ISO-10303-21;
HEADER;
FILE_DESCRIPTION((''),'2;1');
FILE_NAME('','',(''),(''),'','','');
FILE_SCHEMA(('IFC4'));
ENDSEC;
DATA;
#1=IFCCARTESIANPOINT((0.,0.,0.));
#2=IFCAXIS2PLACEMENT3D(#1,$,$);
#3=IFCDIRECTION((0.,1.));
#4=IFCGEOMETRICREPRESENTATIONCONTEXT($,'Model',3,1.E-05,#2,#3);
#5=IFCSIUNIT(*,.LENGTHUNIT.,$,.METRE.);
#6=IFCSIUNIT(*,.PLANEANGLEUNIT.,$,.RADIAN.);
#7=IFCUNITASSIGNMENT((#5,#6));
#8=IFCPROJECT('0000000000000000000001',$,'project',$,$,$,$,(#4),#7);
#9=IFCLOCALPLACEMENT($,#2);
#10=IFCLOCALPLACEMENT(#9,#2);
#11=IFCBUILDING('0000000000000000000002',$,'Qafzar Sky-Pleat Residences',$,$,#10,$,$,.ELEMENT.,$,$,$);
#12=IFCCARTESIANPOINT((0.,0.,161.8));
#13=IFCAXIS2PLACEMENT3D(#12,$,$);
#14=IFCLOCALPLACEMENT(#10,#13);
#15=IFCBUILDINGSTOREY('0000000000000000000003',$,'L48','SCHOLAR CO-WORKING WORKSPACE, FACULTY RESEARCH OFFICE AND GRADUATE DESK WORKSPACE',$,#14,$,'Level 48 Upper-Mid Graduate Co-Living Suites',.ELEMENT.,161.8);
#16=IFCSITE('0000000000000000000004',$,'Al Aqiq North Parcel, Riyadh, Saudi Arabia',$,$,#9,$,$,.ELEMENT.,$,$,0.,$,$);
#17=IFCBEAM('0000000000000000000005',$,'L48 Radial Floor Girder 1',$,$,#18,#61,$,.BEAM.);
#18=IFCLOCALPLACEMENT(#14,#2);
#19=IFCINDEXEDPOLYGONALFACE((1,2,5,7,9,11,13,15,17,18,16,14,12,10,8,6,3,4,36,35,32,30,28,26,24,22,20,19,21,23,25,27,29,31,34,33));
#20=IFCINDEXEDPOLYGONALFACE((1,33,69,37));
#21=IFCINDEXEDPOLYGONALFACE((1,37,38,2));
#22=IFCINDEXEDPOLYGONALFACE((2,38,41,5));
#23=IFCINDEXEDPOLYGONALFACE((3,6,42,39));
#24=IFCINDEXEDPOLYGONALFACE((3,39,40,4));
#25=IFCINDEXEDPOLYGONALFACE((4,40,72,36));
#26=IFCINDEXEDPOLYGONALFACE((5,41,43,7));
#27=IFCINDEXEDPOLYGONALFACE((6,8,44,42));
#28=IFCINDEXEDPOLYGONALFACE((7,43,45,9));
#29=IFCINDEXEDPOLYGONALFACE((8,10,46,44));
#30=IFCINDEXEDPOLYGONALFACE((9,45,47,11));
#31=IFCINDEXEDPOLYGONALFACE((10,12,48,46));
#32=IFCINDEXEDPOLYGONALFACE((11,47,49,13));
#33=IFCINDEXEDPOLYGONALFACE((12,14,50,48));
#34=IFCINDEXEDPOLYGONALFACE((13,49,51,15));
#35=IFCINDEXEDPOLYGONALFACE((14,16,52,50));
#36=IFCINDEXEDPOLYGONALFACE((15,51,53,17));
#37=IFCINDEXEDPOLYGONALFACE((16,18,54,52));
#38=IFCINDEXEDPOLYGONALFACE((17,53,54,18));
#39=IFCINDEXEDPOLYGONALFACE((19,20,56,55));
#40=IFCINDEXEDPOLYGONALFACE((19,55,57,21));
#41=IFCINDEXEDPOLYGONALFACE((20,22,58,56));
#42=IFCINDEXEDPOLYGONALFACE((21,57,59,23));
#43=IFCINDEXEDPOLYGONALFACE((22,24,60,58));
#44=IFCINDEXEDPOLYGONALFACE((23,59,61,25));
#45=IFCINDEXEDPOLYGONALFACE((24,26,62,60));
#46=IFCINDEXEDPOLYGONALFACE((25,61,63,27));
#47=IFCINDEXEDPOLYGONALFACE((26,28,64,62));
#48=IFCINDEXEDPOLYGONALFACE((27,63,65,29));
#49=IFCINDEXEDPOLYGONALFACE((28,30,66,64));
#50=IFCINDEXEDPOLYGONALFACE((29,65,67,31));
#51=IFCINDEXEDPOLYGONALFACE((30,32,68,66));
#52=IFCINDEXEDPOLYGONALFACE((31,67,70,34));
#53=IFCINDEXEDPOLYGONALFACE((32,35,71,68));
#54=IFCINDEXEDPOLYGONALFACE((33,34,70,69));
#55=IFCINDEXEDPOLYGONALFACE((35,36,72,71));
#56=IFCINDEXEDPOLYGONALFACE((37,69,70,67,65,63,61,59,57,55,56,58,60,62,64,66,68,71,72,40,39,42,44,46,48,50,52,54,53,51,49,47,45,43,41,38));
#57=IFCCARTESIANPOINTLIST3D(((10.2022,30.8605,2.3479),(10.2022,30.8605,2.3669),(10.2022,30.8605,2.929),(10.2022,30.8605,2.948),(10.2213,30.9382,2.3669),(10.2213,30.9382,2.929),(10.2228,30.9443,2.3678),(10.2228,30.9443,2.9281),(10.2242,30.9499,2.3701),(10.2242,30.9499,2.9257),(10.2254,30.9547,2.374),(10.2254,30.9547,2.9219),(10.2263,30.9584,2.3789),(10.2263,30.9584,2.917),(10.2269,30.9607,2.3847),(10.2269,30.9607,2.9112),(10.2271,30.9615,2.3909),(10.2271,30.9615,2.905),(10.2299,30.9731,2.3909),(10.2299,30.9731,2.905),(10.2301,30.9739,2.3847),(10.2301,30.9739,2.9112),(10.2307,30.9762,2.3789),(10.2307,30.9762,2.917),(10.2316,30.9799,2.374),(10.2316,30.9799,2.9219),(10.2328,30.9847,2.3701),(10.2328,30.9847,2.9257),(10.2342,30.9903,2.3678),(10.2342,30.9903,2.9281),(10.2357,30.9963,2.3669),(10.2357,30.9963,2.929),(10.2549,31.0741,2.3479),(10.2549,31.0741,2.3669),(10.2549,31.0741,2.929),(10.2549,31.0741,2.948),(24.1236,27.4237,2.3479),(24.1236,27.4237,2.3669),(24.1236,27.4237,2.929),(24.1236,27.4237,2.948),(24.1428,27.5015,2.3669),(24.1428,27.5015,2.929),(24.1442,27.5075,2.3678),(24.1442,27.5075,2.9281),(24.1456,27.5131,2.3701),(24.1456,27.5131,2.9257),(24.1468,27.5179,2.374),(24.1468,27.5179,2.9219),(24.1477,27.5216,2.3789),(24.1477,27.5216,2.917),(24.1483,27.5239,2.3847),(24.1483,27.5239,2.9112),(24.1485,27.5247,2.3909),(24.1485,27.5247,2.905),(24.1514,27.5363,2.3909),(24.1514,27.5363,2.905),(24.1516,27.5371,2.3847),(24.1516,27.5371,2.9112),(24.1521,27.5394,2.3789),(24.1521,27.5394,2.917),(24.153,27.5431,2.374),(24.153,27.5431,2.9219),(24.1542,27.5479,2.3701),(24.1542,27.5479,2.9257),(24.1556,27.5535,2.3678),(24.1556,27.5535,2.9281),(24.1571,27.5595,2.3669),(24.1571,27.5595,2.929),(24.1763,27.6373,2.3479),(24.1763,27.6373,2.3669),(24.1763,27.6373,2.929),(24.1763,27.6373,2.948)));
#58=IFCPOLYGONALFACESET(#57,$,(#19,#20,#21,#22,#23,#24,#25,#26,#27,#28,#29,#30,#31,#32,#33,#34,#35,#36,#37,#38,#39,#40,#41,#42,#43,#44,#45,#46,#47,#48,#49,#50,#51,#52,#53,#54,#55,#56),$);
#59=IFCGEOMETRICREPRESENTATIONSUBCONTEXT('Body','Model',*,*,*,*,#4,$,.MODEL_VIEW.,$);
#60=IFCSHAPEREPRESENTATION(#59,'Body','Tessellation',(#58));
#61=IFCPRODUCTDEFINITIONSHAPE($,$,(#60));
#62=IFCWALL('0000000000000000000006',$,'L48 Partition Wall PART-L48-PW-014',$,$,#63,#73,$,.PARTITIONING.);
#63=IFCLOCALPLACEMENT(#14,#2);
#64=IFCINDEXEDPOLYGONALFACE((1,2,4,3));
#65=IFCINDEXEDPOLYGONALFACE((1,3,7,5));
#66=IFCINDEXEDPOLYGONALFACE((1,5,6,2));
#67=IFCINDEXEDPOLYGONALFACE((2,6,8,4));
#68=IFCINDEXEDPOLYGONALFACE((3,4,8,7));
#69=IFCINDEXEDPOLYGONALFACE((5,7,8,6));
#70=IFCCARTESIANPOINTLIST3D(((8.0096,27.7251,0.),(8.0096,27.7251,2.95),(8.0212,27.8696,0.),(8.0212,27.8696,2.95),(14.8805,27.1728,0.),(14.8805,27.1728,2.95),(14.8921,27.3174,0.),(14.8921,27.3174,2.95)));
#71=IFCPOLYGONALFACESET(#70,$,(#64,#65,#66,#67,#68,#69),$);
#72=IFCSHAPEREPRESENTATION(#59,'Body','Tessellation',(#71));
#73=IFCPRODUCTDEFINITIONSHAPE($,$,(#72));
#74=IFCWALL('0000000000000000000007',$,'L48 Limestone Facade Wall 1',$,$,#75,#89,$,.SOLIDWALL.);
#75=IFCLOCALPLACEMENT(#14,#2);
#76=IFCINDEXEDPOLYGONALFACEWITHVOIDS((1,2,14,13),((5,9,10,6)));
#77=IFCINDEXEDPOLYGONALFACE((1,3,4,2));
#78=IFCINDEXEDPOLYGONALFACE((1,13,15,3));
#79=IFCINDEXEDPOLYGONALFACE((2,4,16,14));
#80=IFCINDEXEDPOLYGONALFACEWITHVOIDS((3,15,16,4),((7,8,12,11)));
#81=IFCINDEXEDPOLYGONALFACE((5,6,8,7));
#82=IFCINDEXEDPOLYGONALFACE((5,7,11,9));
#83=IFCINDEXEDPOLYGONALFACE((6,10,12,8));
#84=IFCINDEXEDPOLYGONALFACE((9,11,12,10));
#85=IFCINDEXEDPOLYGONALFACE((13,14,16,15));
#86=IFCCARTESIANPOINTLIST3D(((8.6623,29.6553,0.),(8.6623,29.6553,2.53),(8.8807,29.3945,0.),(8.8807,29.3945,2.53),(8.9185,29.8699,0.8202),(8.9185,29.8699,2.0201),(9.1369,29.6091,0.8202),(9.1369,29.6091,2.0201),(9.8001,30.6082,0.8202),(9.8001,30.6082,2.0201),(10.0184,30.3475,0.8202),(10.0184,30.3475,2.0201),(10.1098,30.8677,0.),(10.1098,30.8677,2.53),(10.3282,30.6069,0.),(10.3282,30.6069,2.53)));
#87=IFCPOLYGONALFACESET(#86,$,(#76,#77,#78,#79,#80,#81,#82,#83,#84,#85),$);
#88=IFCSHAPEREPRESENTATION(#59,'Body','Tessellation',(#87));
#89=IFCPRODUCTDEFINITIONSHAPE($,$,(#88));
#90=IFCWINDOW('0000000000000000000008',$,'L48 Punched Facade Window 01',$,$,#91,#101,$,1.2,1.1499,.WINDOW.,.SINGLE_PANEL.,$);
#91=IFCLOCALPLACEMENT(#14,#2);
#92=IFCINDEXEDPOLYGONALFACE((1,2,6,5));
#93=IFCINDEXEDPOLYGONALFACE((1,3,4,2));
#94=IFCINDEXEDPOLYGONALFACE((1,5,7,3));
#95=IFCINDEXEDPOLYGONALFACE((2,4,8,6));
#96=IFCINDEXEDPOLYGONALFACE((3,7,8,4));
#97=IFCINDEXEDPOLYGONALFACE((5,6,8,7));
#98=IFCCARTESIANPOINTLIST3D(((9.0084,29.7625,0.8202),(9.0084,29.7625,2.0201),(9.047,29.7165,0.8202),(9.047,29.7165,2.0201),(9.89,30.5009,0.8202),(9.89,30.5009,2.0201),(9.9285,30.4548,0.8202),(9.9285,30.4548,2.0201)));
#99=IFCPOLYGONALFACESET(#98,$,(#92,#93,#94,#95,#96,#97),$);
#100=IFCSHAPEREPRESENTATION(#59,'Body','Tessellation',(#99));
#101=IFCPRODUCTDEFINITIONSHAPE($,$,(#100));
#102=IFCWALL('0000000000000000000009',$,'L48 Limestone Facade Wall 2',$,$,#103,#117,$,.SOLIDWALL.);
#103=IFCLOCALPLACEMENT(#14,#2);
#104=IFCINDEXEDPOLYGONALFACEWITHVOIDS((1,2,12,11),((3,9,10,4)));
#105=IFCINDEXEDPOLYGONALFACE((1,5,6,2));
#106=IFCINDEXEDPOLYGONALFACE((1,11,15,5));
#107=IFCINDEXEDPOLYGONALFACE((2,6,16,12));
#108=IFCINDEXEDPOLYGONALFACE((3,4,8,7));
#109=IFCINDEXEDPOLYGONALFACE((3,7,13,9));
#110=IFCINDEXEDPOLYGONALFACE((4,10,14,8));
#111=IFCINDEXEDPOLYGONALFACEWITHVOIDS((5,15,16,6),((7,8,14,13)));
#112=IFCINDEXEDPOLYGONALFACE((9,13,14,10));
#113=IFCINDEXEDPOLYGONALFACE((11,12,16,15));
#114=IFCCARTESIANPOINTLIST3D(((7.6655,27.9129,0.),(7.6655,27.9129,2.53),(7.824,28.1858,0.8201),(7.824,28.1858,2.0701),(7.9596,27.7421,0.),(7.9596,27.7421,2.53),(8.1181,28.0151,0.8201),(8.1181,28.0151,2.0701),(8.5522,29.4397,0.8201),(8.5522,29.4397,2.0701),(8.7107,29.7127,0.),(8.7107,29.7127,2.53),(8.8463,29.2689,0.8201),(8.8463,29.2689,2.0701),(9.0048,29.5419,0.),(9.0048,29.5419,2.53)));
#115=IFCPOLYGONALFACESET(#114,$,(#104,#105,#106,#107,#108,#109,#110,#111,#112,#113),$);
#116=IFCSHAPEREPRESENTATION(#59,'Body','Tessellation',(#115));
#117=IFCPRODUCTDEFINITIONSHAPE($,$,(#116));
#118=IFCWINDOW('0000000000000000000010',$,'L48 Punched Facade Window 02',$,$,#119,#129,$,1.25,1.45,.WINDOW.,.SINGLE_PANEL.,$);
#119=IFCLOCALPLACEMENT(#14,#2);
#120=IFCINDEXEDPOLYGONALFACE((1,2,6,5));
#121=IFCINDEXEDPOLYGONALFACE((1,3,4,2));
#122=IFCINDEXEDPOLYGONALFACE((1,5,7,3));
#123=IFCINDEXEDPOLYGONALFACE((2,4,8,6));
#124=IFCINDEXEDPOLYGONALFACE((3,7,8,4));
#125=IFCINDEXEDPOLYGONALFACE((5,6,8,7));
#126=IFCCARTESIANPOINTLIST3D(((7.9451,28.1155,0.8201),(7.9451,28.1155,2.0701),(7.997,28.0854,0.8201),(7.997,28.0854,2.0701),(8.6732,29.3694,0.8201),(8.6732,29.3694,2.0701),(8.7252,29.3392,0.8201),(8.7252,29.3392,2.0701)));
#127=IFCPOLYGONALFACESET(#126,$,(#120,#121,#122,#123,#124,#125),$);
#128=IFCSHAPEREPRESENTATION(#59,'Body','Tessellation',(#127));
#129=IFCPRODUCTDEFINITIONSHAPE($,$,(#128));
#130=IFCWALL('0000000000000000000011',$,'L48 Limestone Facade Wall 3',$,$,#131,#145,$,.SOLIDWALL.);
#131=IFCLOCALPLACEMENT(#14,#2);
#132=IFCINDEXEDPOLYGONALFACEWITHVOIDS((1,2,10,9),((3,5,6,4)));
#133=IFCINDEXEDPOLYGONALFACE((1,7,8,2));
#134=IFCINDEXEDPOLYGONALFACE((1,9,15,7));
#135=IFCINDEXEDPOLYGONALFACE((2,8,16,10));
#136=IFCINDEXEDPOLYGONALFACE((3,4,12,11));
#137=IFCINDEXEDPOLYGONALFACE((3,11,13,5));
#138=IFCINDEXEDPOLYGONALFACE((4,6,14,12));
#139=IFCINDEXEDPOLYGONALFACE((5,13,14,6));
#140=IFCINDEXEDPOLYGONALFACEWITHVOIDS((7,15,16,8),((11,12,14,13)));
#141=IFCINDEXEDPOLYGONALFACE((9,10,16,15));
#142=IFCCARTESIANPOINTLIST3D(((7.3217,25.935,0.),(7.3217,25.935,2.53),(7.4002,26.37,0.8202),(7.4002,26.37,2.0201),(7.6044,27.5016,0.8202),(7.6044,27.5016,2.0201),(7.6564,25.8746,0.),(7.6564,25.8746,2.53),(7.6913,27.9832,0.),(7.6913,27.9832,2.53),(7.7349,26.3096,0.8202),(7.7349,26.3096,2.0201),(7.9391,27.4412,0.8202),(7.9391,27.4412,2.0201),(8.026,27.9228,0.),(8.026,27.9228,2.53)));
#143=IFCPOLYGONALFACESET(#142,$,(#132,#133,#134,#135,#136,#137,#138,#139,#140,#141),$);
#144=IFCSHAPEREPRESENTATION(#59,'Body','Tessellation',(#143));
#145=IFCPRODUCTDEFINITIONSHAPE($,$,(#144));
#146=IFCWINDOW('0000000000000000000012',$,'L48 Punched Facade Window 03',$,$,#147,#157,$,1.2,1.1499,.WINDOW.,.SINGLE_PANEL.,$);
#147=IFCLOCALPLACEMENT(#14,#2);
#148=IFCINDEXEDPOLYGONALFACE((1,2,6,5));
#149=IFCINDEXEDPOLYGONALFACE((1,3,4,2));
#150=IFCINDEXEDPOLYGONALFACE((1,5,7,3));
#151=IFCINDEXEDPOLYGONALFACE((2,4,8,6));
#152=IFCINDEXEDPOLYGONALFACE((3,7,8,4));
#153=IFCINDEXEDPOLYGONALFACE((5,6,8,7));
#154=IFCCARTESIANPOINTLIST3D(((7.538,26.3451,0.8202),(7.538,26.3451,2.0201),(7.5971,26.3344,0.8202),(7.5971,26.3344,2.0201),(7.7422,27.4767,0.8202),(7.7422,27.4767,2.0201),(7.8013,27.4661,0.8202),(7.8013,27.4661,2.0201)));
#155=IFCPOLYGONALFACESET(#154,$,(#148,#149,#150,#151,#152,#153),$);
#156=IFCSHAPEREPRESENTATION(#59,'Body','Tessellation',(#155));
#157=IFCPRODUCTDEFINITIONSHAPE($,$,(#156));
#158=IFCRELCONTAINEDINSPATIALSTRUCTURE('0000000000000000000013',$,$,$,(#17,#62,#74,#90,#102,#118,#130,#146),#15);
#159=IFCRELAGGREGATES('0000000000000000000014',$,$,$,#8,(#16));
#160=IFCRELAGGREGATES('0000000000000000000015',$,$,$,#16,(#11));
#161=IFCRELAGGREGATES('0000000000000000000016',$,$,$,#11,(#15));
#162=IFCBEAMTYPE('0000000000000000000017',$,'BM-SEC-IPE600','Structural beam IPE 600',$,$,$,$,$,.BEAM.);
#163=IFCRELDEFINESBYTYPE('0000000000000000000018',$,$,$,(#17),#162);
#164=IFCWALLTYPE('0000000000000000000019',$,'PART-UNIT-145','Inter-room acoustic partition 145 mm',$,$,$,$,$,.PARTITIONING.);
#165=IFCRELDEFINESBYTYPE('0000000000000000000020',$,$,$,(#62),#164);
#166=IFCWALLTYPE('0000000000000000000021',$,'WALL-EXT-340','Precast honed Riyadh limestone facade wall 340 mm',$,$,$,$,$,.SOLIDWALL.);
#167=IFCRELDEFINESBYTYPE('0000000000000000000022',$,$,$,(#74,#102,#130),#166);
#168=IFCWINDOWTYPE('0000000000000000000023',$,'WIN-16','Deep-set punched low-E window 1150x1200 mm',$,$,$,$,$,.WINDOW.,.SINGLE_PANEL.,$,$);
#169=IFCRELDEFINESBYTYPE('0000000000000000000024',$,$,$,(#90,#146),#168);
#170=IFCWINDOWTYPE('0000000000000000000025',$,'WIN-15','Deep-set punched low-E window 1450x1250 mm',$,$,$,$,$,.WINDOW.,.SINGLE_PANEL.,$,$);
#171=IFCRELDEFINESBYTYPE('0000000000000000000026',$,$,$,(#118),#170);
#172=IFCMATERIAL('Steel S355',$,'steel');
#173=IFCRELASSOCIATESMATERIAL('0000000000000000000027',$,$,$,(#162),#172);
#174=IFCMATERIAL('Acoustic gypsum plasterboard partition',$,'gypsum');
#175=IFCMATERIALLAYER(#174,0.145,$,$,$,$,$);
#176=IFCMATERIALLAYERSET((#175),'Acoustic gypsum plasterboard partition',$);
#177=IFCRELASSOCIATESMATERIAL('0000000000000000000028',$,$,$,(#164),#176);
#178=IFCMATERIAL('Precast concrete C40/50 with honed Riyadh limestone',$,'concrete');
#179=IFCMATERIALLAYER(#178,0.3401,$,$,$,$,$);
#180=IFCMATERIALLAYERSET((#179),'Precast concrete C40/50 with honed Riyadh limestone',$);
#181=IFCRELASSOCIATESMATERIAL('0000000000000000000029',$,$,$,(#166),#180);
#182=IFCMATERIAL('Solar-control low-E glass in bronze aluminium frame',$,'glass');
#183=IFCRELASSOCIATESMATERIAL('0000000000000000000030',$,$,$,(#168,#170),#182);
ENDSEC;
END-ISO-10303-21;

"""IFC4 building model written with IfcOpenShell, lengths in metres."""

from ifc_helpers import new_model, si_unit, direction, frame, frame_2d, origin, origin_2d, place, context, subcontext, project, spatial, rectangle, i_section, extrude, source, transform, mapped, material, layer, layer_set, material_profile, profile_set, type_object, element, fill, save


model = new_model("IFC4")

# Units and contexts
model_context = context("Model", 3, precision=1e-05, world=origin(), true_north=direction((0.0, 1.0)))
body_context = subcontext(model_context, "Body", "Model", "MODEL_VIEW")
ifc_project = project(units=[si_unit("LENGTHUNIT", "METRE"), si_unit("PLANEANGLEUNIT", "RADIAN")], contexts=[model_context])

# Site, building, storey
site_placement = place(None, origin())
site = spatial("IfcSite", under=ifc_project, at=site_placement, Name="Al Aqiq North Parcel, Riyadh, Saudi Arabia", CompositionType="ELEMENT", RefElevation=0.0)
building_placement = place(site_placement, origin())
building = spatial("IfcBuilding", under=site, at=building_placement, Name="Qafzar Sky-Pleat Residences", CompositionType="ELEMENT")
storey_placement = place(building_placement, frame((0.0, 0.0, 161.8)))
storey = spatial("IfcBuildingStorey", under=building, at=storey_placement, Name="L48", Description="SCHOLAR CO-WORKING WORKSPACE, FACULTY RESEARCH OFFICE AND GRADUATE DESK WORKSPACE", LongName="Level 48 Upper-Mid Graduate Co-Living Suites", CompositionType="ELEMENT", Elevation=161.8)

# Shared definitions
ifc_material_1 = material(Name="Steel S355", Category="steel")

# Beam
ifc_material_profile_1 = material_profile(ifc_material_1, i_section(OverallWidth=0.22, OverallDepth=0.6001, WebThickness=0.012, FlangeThickness=0.019, FilletRadius=0.0239, at=origin_2d()), Name="IPE 600")
ifc_profile_set_1 = profile_set([ifc_material_profile_1], Name="Steel S355")
beam_type_1 = type_object("IfcBeamType", Name="BM-SEC-IPE600", Description="Structural beam IPE 600", PredefinedType="BEAM", material=ifc_profile_set_1)
shared_shape_1 = source(origin(), body_context, "Body", "SweptSolid", [
    extrude(i_section(OverallWidth=0.22, OverallDepth=0.6001, WebThickness=0.012, FlangeThickness=0.019, FilletRadius=0.0239, at=origin_2d()), origin(), (0.0, 0.0, 1.0), 14.3394),
])
beam_1_placement = place(storey_placement, frame((10.2285, 30.9673, 2.6479), z_axis=(0.970853, -0.239674, 0.0), x_axis=(0.239674, 0.970853, 0.0)))
element("IfcBeam", 1, at=beam_1_placement, inside=storey, type_object=beam_type_1, Name="L48 Radial Floor Girder 1", PredefinedType="BEAM", context=body_context, shape_type="MappedRepresentation", body=[
    mapped(shared_shape_1, transform((0.0, 0.0, 0.0), x_axis=(1.0, 0.0, 0.0), y_axis=(0.0, 1.0, 0.0), z_axis=(0.0, 0.0, 1.0), scale=1.0)),
])

# Wall
ifc_material_2 = material(Name="Acoustic gypsum plasterboard partition", Category="gypsum")
ifc_layer_1 = layer(ifc_material_2, 0.145)
ifc_layer_set_1 = layer_set([ifc_layer_1], Name="Acoustic gypsum plasterboard partition")
wall_type_1 = type_object("IfcWallType", Name="PART-UNIT-145", Description="Inter-room acoustic partition 145 mm", PredefinedType="PARTITIONING", material=ifc_layer_set_1)
wall_1_placement = place(storey_placement, frame((8.0154, 27.7974, 0.0), z_axis=(0.0, 0.0, 1.0), x_axis=(0.996785, -0.080117, 0.0)))
element("IfcWall", 2, at=wall_1_placement, inside=storey, type_object=wall_type_1, Name="L48 Partition Wall PART-L48-PW-014", PredefinedType="PARTITIONING", context=body_context, shape_type="SweptSolid", body=[
    extrude(rectangle(XDim=6.8931, YDim=0.145, at=frame_2d((3.4465, 0.0))), origin(), (0.0, 0.0, 1.0), 2.95),
])

# Walls, openings, windows
ifc_material_3 = material(Name="Precast concrete C40/50 with honed Riyadh limestone", Category="concrete")
ifc_layer_2 = layer(ifc_material_3, 0.3401)
ifc_layer_set_2 = layer_set([ifc_layer_2], Name="Precast concrete C40/50 with honed Riyadh limestone")
wall_type_2 = type_object("IfcWallType", Name="WALL-EXT-340", Description="Precast honed Riyadh limestone facade wall 340 mm", PredefinedType="SOLIDWALL", material=ifc_layer_set_2)
wall_2_placement = place(storey_placement, frame((10.219, 30.7373, 0.0), z_axis=(0.0, 0.0, 1.0), x_axis=(-0.766619, -0.642103, 0.0)))
wall_2 = element("IfcWall", 3, at=wall_2_placement, inside=storey, type_object=wall_type_2, Name="L48 Limestone Facade Wall 1", PredefinedType="SOLIDWALL", context=body_context, shape_type="SweptSolid", body=[
    extrude(rectangle(XDim=1.8882, YDim=0.3401, at=frame_2d((0.9441, 0.0))), origin(), (0.0, 0.0, 1.0), 2.53),
])
opening_1_placement = place(wall_2_placement, frame((0.4041, 0.0, 0.8201)))
opening_1 = element("IfcOpeningElement", 4, at=opening_1_placement, cuts=wall_2, PredefinedType="OPENING", context=body_context, shape_type="SweptSolid", body=[
    extrude(rectangle(XDim=1.1499, YDim=1.2, at=frame_2d((0.575, 0.6001))), frame((0.0, 0.1802, 0.0), z_axis=(0.0, -1.0, 0.0), x_axis=(1.0, 0.0, 0.0)), (0.0, 0.0, 1.0), 0.3601),
])
ifc_material_4 = material(Name="Solar-control low-E glass in bronze aluminium frame", Category="glass")
window_type_1 = type_object("IfcWindowType", Name="WIN-16", Description="Deep-set punched low-E window 1150x1200 mm", PartitioningType="SINGLE_PANEL", PredefinedType="WINDOW", material=ifc_material_4)
shared_shape_2 = source(origin(), body_context, "Body", "SweptSolid", [
    extrude(rectangle(XDim=1.1499, YDim=1.2, at=frame_2d((0.575, 0.6001))), frame((0.0, 0.03, 0.0), z_axis=(0.0, -1.0, 0.0), x_axis=(1.0, 0.0, 0.0)), (0.0, 0.0, 1.0), 0.0601),
])
window_1_placement = place(opening_1_placement, origin())
window_1 = element("IfcWindow", 5, at=window_1_placement, inside=storey, type_object=window_type_1, Name="L48 Punched Facade Window 01", OverallHeight=1.2, OverallWidth=1.1499, PartitioningType="SINGLE_PANEL", PredefinedType="WINDOW", context=body_context, shape_type="MappedRepresentation", body=[
    mapped(shared_shape_2, transform((0.0, 0.0, 0.0), x_axis=(1.0, 0.0, 0.0), y_axis=(0.0, 1.0, 0.0), z_axis=(0.0, 0.0, 1.0), scale=1.0)),
])
fill(opening_1, window_1)
wall_3_placement = place(storey_placement, frame((8.8577, 29.6272, 0.0), z_axis=(0.0, 0.0, 1.0), x_axis=(-0.502178, -0.864764, 0.0)))
wall_3 = element("IfcWall", 6, at=wall_3_placement, inside=storey, type_object=wall_type_2, Name="L48 Limestone Facade Wall 2", PredefinedType="SOLIDWALL", context=body_context, shape_type="SweptSolid", body=[
    extrude(rectangle(XDim=2.0813, YDim=0.3401, at=frame_2d((1.0405, 0.0))), origin(), (0.0, 0.0, 1.0), 2.53),
])
opening_2_placement = place(wall_3_placement, frame((0.3154, 0.0, 0.8201)))
opening_2 = element("IfcOpeningElement", 7, at=opening_2_placement, cuts=wall_3, PredefinedType="OPENING", context=body_context, shape_type="SweptSolid", body=[
    extrude(rectangle(XDim=1.45, YDim=1.25, at=frame_2d((0.7251, 0.625))), frame((0.0, 0.1802, 0.0), z_axis=(0.0, -1.0, 0.0), x_axis=(1.0, 0.0, 0.0)), (0.0, 0.0, 1.0), 0.3601),
])
window_type_2 = type_object("IfcWindowType", Name="WIN-15", Description="Deep-set punched low-E window 1450x1250 mm", PartitioningType="SINGLE_PANEL", PredefinedType="WINDOW", material=ifc_material_4)
shared_shape_3 = source(origin(), body_context, "Body", "SweptSolid", [
    extrude(rectangle(XDim=1.45, YDim=1.25, at=frame_2d((0.7251, 0.625))), frame((0.0, 0.03, 0.0), z_axis=(0.0, -1.0, 0.0), x_axis=(1.0, 0.0, 0.0)), (0.0, 0.0, 1.0), 0.0601),
])
window_2_placement = place(opening_2_placement, origin())
window_2 = element("IfcWindow", 8, at=window_2_placement, inside=storey, type_object=window_type_2, Name="L48 Punched Facade Window 02", OverallHeight=1.25, OverallWidth=1.45, PartitioningType="SINGLE_PANEL", PredefinedType="WINDOW", context=body_context, shape_type="MappedRepresentation", body=[
    mapped(shared_shape_3, transform((0.0, 0.0, 0.0), x_axis=(1.0, 0.0, 0.0), y_axis=(0.0, 1.0, 0.0), z_axis=(0.0, 0.0, 1.0), scale=1.0)),
])
fill(opening_2, window_2)
wall_4_placement = place(storey_placement, frame((7.8586, 27.9529, 0.0), z_axis=(0.0, 0.0, 1.0), x_axis=(-0.177605, -0.984102, 0.0)))
wall_4 = element("IfcWall", 9, at=wall_4_placement, inside=storey, type_object=wall_type_2, Name="L48 Limestone Facade Wall 3", PredefinedType="SOLIDWALL", context=body_context, shape_type="SweptSolid", body=[
    extrude(rectangle(XDim=2.0813, YDim=0.3401, at=frame_2d((1.0405, 0.0))), origin(), (0.0, 0.0, 1.0), 2.53),
])
opening_3_placement = place(wall_4_placement, frame((0.4893, 0.0, 0.8201)))
opening_3 = element("IfcOpeningElement", 10, at=opening_3_placement, cuts=wall_4, PredefinedType="OPENING", context=body_context, shape_type="SweptSolid", body=[
    extrude(rectangle(XDim=1.1499, YDim=1.2, at=frame_2d((0.575, 0.6001))), frame((0.0, 0.1802, 0.0), z_axis=(0.0, -1.0, 0.0), x_axis=(1.0, 0.0, 0.0)), (0.0, 0.0, 1.0), 0.3601),
])
window_3_placement = place(opening_3_placement, origin())
window_3 = element("IfcWindow", 11, at=window_3_placement, inside=storey, type_object=window_type_1, Name="L48 Punched Facade Window 03", OverallHeight=1.2, OverallWidth=1.1499, PartitioningType="SINGLE_PANEL", PredefinedType="WINDOW", context=body_context, shape_type="MappedRepresentation", body=[
    mapped(shared_shape_2, transform((0.0, 0.0, 0.0), x_axis=(1.0, 0.0, 0.0), y_axis=(0.0, 1.0, 0.0), z_axis=(0.0, 0.0, 1.0), scale=1.0)),
])
fill(opening_3, window_3)

save(model, "model.ifc")
